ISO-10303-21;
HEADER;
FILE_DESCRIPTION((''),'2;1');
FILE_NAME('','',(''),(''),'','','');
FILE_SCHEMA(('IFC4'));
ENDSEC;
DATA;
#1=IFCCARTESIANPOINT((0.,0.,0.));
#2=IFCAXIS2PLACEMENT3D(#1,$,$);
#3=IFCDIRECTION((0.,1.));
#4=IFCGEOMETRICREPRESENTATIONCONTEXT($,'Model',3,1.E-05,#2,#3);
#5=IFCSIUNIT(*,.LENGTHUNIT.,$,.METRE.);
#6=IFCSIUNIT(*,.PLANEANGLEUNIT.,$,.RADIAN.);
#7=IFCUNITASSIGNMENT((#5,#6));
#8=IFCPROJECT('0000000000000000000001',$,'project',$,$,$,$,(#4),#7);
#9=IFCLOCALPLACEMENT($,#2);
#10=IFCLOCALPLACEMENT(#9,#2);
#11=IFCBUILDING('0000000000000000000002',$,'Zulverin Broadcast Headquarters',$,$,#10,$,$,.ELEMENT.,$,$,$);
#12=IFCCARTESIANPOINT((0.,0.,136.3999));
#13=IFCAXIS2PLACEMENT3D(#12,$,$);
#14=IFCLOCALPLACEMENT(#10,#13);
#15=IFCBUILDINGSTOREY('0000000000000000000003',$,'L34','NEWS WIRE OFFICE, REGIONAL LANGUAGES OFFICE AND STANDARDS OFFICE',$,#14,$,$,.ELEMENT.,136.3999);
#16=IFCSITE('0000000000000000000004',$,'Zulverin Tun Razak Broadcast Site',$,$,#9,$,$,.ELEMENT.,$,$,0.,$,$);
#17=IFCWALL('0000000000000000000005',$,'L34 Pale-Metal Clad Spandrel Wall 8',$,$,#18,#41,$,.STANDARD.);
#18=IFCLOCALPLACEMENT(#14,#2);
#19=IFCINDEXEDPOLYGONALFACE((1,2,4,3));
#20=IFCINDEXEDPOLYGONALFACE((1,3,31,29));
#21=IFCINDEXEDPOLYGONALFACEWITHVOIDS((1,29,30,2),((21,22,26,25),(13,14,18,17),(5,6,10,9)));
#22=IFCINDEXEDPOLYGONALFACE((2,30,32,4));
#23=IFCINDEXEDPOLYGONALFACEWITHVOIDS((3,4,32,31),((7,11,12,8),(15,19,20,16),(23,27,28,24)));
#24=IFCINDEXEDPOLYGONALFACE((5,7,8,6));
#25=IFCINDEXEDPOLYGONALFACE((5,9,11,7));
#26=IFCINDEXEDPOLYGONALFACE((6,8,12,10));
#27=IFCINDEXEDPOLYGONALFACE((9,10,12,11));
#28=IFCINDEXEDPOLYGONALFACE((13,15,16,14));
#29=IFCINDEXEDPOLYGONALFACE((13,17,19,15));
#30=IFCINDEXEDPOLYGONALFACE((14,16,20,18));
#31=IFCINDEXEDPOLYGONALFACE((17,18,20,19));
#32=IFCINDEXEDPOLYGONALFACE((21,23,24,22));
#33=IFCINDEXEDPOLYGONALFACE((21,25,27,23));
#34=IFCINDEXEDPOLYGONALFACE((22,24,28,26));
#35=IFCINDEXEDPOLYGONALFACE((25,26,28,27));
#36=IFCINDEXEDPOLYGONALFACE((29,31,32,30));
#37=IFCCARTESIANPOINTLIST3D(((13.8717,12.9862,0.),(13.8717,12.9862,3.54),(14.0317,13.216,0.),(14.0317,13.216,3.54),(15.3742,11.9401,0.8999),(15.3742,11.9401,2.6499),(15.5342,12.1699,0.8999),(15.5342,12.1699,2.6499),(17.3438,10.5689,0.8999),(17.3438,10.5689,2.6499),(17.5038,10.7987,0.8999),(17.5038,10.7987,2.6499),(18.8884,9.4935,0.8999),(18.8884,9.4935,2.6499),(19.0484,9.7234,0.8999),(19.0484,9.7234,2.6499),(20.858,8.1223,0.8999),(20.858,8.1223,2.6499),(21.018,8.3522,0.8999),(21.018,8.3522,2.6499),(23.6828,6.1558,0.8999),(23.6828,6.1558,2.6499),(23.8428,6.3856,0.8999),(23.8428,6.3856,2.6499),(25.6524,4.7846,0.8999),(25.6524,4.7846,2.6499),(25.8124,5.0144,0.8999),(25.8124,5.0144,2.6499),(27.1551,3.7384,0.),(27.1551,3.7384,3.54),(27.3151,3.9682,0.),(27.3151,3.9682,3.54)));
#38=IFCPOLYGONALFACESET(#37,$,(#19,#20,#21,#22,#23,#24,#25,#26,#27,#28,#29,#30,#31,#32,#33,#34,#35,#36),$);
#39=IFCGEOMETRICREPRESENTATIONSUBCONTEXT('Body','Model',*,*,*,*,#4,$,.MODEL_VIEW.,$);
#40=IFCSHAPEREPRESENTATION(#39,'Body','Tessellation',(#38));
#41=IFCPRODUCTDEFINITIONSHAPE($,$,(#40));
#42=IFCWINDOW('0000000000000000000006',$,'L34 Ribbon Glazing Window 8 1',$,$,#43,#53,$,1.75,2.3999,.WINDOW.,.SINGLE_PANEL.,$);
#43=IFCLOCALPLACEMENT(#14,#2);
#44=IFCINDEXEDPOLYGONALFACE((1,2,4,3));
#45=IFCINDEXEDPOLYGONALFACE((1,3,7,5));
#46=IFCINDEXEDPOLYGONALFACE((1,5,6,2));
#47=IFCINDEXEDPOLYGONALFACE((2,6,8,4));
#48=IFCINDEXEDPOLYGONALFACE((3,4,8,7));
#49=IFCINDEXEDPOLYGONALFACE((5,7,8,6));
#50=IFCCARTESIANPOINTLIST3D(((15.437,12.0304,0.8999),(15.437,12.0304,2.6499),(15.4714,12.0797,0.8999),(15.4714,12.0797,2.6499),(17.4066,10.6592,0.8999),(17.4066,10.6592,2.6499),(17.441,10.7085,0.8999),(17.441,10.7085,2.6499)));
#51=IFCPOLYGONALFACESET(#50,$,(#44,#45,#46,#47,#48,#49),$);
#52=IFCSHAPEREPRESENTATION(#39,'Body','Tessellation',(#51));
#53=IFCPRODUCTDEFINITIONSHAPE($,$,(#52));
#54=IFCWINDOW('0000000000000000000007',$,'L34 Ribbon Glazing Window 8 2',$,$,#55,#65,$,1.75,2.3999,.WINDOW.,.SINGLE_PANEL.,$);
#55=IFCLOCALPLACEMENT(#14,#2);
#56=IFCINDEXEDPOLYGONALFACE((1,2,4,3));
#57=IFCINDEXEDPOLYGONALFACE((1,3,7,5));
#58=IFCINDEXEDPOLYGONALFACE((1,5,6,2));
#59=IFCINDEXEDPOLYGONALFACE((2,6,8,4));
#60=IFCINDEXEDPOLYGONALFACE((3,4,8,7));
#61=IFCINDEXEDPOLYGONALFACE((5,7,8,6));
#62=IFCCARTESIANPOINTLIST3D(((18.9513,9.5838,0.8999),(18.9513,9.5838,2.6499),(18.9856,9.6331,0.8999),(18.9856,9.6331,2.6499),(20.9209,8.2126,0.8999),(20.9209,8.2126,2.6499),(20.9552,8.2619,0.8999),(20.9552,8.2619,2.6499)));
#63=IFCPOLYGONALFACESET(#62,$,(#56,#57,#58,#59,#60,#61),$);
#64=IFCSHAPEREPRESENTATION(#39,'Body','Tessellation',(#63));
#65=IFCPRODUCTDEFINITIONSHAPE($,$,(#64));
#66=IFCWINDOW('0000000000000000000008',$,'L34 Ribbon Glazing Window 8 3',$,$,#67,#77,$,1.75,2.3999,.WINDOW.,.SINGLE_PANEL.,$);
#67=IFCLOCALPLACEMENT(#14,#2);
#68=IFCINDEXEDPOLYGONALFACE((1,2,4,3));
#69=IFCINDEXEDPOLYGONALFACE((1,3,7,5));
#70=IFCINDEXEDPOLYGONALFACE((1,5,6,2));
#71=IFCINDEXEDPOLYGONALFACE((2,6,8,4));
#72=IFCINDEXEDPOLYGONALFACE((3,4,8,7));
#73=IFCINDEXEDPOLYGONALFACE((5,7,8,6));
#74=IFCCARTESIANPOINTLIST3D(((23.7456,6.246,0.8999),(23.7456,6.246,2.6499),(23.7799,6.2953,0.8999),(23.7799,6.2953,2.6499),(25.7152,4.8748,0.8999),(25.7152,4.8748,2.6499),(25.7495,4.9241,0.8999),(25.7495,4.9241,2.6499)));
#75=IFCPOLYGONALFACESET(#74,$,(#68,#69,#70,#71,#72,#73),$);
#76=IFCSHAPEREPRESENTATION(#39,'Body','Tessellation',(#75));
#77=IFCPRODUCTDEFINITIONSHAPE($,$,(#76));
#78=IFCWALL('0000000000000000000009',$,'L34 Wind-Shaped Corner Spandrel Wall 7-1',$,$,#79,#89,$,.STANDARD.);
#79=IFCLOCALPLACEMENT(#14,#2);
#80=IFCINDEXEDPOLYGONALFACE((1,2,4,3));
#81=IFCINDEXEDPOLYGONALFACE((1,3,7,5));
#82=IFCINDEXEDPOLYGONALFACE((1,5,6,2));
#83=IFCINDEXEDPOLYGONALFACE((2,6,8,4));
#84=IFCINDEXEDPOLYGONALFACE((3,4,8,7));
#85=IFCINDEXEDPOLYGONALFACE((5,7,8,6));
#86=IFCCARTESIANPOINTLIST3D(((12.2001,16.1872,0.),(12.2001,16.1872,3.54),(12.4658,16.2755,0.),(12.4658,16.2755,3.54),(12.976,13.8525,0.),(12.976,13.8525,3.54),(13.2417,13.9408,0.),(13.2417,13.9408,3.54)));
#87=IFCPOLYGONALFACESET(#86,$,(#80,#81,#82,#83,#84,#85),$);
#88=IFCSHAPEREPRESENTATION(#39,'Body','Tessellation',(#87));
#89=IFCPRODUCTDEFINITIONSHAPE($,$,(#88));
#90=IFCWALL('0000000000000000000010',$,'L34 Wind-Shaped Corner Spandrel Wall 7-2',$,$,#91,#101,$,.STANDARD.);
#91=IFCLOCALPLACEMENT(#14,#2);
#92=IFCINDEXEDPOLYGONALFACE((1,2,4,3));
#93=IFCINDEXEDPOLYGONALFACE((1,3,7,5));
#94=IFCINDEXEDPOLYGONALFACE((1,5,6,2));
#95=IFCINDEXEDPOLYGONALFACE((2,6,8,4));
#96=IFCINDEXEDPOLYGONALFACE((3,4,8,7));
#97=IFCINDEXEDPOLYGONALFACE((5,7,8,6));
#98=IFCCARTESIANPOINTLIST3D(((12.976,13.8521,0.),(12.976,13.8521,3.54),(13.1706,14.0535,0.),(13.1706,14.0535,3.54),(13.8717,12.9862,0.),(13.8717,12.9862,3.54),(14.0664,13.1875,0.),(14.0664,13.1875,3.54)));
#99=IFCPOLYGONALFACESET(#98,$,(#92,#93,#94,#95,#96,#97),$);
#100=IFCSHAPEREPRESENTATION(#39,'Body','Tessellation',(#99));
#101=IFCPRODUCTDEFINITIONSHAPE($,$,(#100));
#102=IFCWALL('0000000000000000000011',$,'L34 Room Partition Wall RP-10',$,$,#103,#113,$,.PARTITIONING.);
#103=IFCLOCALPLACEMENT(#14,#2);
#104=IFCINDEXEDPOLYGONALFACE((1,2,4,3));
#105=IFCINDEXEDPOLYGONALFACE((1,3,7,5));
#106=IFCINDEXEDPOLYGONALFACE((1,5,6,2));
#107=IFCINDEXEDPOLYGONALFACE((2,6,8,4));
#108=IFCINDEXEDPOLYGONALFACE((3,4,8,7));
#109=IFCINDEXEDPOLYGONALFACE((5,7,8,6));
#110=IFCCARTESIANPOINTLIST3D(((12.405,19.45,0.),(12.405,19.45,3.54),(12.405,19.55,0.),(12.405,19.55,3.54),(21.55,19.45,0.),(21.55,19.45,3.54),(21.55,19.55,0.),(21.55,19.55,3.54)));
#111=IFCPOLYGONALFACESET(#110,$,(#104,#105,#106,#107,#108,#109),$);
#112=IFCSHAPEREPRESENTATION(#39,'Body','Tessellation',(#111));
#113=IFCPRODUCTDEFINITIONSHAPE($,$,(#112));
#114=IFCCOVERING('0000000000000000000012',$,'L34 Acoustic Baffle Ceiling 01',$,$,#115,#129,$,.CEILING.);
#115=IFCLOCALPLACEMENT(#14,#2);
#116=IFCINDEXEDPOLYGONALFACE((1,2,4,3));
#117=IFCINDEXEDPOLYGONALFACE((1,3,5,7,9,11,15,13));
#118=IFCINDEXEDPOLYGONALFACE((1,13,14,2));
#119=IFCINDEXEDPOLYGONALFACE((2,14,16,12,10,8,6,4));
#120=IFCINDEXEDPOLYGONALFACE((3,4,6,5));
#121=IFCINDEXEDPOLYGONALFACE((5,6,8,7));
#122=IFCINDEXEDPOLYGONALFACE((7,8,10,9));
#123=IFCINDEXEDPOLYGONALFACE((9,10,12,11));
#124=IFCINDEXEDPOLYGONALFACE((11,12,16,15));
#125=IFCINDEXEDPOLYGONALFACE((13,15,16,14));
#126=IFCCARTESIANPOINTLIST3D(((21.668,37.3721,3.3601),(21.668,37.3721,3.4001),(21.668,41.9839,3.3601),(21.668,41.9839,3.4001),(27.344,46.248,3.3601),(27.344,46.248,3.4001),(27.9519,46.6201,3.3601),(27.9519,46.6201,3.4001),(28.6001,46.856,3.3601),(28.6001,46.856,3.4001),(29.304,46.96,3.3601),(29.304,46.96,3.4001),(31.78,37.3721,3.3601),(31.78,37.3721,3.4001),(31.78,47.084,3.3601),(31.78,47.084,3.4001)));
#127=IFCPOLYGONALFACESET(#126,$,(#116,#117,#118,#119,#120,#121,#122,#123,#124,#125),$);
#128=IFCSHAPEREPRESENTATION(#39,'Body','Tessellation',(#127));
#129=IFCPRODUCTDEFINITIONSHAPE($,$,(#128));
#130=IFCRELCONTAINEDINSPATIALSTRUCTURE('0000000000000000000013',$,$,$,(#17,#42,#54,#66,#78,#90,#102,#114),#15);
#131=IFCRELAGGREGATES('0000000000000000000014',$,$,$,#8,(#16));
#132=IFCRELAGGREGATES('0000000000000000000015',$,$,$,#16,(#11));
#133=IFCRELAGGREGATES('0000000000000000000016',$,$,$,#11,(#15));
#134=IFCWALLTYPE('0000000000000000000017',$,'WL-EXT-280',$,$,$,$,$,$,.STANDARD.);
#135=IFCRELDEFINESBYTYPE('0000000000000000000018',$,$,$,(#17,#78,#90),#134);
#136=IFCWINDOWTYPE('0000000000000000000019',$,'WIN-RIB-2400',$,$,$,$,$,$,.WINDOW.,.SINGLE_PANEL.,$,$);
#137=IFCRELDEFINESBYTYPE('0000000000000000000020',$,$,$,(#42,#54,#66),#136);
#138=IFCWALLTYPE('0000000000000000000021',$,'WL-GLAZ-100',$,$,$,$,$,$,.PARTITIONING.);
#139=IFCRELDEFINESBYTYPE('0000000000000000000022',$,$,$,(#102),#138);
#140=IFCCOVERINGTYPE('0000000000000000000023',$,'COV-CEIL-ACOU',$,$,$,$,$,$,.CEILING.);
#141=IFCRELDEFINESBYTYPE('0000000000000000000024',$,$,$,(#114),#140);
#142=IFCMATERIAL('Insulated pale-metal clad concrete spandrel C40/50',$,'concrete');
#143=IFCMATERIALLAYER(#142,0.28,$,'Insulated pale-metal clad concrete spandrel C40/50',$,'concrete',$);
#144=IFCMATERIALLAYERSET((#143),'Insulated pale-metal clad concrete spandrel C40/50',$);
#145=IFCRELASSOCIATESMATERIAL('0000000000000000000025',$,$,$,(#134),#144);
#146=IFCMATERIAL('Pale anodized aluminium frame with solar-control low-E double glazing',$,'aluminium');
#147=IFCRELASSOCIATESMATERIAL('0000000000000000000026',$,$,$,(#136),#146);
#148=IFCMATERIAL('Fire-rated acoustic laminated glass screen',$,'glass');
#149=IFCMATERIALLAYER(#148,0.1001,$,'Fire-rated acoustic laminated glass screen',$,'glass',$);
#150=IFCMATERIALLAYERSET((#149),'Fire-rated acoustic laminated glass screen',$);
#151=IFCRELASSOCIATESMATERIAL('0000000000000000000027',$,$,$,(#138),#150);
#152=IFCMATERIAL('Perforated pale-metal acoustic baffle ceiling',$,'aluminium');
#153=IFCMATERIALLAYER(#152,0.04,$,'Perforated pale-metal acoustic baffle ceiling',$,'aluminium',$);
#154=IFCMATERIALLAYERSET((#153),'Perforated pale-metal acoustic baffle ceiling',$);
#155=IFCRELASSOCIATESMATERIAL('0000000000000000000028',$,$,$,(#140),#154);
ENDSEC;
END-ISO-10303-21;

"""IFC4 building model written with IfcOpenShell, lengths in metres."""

from ifc_helpers import new_model, si_unit, direction, frame, frame_2d, origin, place, context, subcontext, project, spatial, polyline, rectangle, outline, extrude, material, layer, layer_set, type_object, element, fill, save


model = new_model("IFC4")

# Units and contexts
model_context = context("Model", 3, precision=1e-05, world=origin(), true_north=direction((0.0, 1.0)))
body_context = subcontext(model_context, "Body", "Model", "MODEL_VIEW")
ifc_project = project(units=[si_unit("LENGTHUNIT", "METRE"), si_unit("PLANEANGLEUNIT", "RADIAN")], contexts=[model_context])

# Site, building, storey
site_placement = place(None, origin())
site = spatial("IfcSite", under=ifc_project, at=site_placement, Name="Zulverin Tun Razak Broadcast Site", CompositionType="ELEMENT", RefElevation=0.0)
building_placement = place(site_placement, origin())
building = spatial("IfcBuilding", under=site, at=building_placement, Name="Zulverin Broadcast Headquarters", CompositionType="ELEMENT")
storey_placement = place(building_placement, frame((0.0, 0.0, 136.3999)))
storey = spatial("IfcBuildingStorey", under=building, at=storey_placement, Name="L34", Description="NEWS WIRE OFFICE, REGIONAL LANGUAGES OFFICE AND STANDARDS OFFICE", CompositionType="ELEMENT", Elevation=136.3999)

# Wall, openings, windows
ifc_material_1 = material(Name="Insulated pale-metal clad concrete spandrel C40/50", Category="concrete")
ifc_layer_1 = layer(ifc_material_1, 0.28, Name="Insulated pale-metal clad concrete spandrel C40/50", Category="concrete")
ifc_layer_set_1 = layer_set([ifc_layer_1], Name="Insulated pale-metal clad concrete spandrel C40/50")
wall_type_1 = type_object("IfcWallType", Name="WL-EXT-280", PredefinedType="STANDARD", material=ifc_layer_set_1)
wall_1_placement = place(storey_placement, frame((13.9517, 13.1011, 0.0), z_axis=(0.0, 0.0, 1.0), x_axis=(0.820698, -0.571362, 0.0)))
wall_1 = element("IfcWall", 1, at=wall_1_placement, inside=storey, type_object=wall_type_1, Name="L34 Pale-Metal Clad Spandrel Wall 8", PredefinedType="STANDARD", context=body_context, shape_type="SweptSolid", body=[
    extrude(rectangle(XDim=16.1855, YDim=0.28, at=frame_2d((8.0928, 0.0))), origin(), (0.0, 0.0, 1.0), 3.54),
])
opening_1_placement = place(wall_1_placement, frame((1.8308, 0.0, 0.8999)))
opening_1 = element("IfcOpeningElement", 2, at=opening_1_placement, cuts=wall_1, PredefinedType="OPENING", context=body_context, shape_type="SweptSolid", body=[
    extrude(rectangle(XDim=2.3999, YDim=1.75, at=frame_2d((1.2, 0.875))), frame((0.0, 0.1499, 0.0), z_axis=(0.0, -1.0, 0.0), x_axis=(1.0, 0.0, 0.0)), (0.0, 0.0, 1.0), 0.3),
])
opening_2_placement = place(wall_1_placement, frame((6.1128, 0.0, 0.8999)))
opening_2 = element("IfcOpeningElement", 3, at=opening_2_placement, cuts=wall_1, PredefinedType="OPENING", context=body_context, shape_type="SweptSolid", body=[
    extrude(rectangle(XDim=2.3999, YDim=1.75, at=frame_2d((1.2, 0.875))), frame((0.0, 0.1499, 0.0), z_axis=(0.0, -1.0, 0.0), x_axis=(1.0, 0.0, 0.0)), (0.0, 0.0, 1.0), 0.3),
])
opening_3_placement = place(wall_1_placement, frame((11.9546, 0.0, 0.8999)))
opening_3 = element("IfcOpeningElement", 4, at=opening_3_placement, cuts=wall_1, PredefinedType="OPENING", context=body_context, shape_type="SweptSolid", body=[
    extrude(rectangle(XDim=2.3999, YDim=1.75, at=frame_2d((1.2, 0.875))), frame((0.0, 0.1499, 0.0), z_axis=(0.0, -1.0, 0.0), x_axis=(1.0, 0.0, 0.0)), (0.0, 0.0, 1.0), 0.3),
])
ifc_material_2 = material(Name="Pale anodized aluminium frame with solar-control low-E double glazing", Category="aluminium")
window_type = type_object("IfcWindowType", Name="WIN-RIB-2400", PartitioningType="SINGLE_PANEL", PredefinedType="WINDOW", material=ifc_material_2)
window_1_placement = place(opening_1_placement, origin())
window_1 = element("IfcWindow", 5, at=window_1_placement, inside=storey, type_object=window_type, Name="L34 Ribbon Glazing Window 8 1", OverallHeight=1.75, OverallWidth=2.3999, PartitioningType="SINGLE_PANEL", PredefinedType="WINDOW", context=body_context, shape_type="SweptSolid", body=[
    extrude(rectangle(XDim=2.3999, YDim=1.75, at=frame_2d((1.2, 0.875))), frame((0.0, 0.03, 0.0), z_axis=(0.0, -1.0, 0.0), x_axis=(1.0, 0.0, 0.0)), (0.0, 0.0, 1.0), 0.0601),
])
fill(opening_1, window_1)
window_2_placement = place(opening_2_placement, origin())
window_2 = element("IfcWindow", 6, at=window_2_placement, inside=storey, type_object=window_type, Name="L34 Ribbon Glazing Window 8 2", OverallHeight=1.75, OverallWidth=2.3999, PartitioningType="SINGLE_PANEL", PredefinedType="WINDOW", context=body_context, shape_type="SweptSolid", body=[
    extrude(rectangle(XDim=2.3999, YDim=1.75, at=frame_2d((1.2, 0.875))), frame((0.0, 0.03, 0.0), z_axis=(0.0, -1.0, 0.0), x_axis=(1.0, 0.0, 0.0)), (0.0, 0.0, 1.0), 0.0601),
])
fill(opening_2, window_2)
window_3_placement = place(opening_3_placement, origin())
window_3 = element("IfcWindow", 7, at=window_3_placement, inside=storey, type_object=window_type, Name="L34 Ribbon Glazing Window 8 3", OverallHeight=1.75, OverallWidth=2.3999, PartitioningType="SINGLE_PANEL", PredefinedType="WINDOW", context=body_context, shape_type="SweptSolid", body=[
    extrude(rectangle(XDim=2.3999, YDim=1.75, at=frame_2d((1.2, 0.875))), frame((0.0, 0.03, 0.0), z_axis=(0.0, -1.0, 0.0), x_axis=(1.0, 0.0, 0.0)), (0.0, 0.0, 1.0), 0.0601),
])
fill(opening_3, window_3)

# Walls
wall_2_placement = place(storey_placement, frame((12.333, 16.2312, 0.0), z_axis=(0.0, 0.0, 1.0), x_axis=(0.315364, -0.948971, 0.0)))
element("IfcWall", 8, at=wall_2_placement, inside=storey, type_object=wall_type_1, Name="L34 Wind-Shaped Corner Spandrel Wall 7-1", PredefinedType="STANDARD", context=body_context, shape_type="SweptSolid", body=[
    extrude(rectangle(XDim=2.4602, YDim=0.28, at=frame_2d((1.23, 0.0))), origin(), (0.0, 0.0, 1.0), 3.54),
])
wall_3_placement = place(storey_placement, frame((13.0732, 13.9529, 0.0), z_axis=(0.0, 0.0, 1.0), x_axis=(0.718959, -0.695052, 0.0)))
element("IfcWall", 9, at=wall_3_placement, inside=storey, type_object=wall_type_1, Name="L34 Wind-Shaped Corner Spandrel Wall 7-2", PredefinedType="STANDARD", context=body_context, shape_type="SweptSolid", body=[
    extrude(rectangle(XDim=1.2458, YDim=0.28, at=frame_2d((0.623, 0.0))), origin(), (0.0, 0.0, 1.0), 3.54),
])
ifc_material_3 = material(Name="Fire-rated acoustic laminated glass screen", Category="glass")
ifc_layer_2 = layer(ifc_material_3, 0.1001, Name="Fire-rated acoustic laminated glass screen", Category="glass")
ifc_layer_set_2 = layer_set([ifc_layer_2], Name="Fire-rated acoustic laminated glass screen")
wall_type_2 = type_object("IfcWallType", Name="WL-GLAZ-100", PredefinedType="PARTITIONING", material=ifc_layer_set_2)
wall_4_placement = place(storey_placement, frame((12.405, 19.5, 0.0), z_axis=(0.0, 0.0, 1.0), x_axis=(1.0, 0.0, 0.0)))
element("IfcWall", 10, at=wall_4_placement, inside=storey, type_object=wall_type_2, Name="L34 Room Partition Wall RP-10", PredefinedType="PARTITIONING", context=body_context, shape_type="SweptSolid", body=[
    extrude(rectangle(XDim=9.145, YDim=0.1001, at=frame_2d((4.5725, 0.0))), origin(), (0.0, 0.0, 1.0), 3.54),
])

# Covering
ifc_material_4 = material(Name="Perforated pale-metal acoustic baffle ceiling", Category="aluminium")
ifc_layer_3 = layer(ifc_material_4, 0.04, Name="Perforated pale-metal acoustic baffle ceiling", Category="aluminium")
ifc_layer_set_3 = layer_set([ifc_layer_3], Name="Perforated pale-metal acoustic baffle ceiling")
covering_type_1 = type_object("IfcCoveringType", Name="COV-CEIL-ACOU", PredefinedType="CEILING", material=ifc_layer_set_3)
covering_1_placement = place(storey_placement, frame((0.0, 0.0, 3.3601)))
element("IfcCovering", 11, at=covering_1_placement, inside=storey, type_object=covering_type_1, Name="L34 Acoustic Baffle Ceiling 01", PredefinedType="CEILING", context=body_context, shape_type="SweptSolid", body=[
    extrude(outline(polyline([(31.78, 37.3721), (31.78, 47.084), (29.304, 46.96), (28.6001, 46.856), (27.9519, 46.6201), (27.344, 46.248), (21.668, 41.9839), (21.668, 37.3721), (31.78, 37.3721)])), origin(), (0.0, 0.0, 1.0), 0.04),
])

save(model, "model.ifc")
